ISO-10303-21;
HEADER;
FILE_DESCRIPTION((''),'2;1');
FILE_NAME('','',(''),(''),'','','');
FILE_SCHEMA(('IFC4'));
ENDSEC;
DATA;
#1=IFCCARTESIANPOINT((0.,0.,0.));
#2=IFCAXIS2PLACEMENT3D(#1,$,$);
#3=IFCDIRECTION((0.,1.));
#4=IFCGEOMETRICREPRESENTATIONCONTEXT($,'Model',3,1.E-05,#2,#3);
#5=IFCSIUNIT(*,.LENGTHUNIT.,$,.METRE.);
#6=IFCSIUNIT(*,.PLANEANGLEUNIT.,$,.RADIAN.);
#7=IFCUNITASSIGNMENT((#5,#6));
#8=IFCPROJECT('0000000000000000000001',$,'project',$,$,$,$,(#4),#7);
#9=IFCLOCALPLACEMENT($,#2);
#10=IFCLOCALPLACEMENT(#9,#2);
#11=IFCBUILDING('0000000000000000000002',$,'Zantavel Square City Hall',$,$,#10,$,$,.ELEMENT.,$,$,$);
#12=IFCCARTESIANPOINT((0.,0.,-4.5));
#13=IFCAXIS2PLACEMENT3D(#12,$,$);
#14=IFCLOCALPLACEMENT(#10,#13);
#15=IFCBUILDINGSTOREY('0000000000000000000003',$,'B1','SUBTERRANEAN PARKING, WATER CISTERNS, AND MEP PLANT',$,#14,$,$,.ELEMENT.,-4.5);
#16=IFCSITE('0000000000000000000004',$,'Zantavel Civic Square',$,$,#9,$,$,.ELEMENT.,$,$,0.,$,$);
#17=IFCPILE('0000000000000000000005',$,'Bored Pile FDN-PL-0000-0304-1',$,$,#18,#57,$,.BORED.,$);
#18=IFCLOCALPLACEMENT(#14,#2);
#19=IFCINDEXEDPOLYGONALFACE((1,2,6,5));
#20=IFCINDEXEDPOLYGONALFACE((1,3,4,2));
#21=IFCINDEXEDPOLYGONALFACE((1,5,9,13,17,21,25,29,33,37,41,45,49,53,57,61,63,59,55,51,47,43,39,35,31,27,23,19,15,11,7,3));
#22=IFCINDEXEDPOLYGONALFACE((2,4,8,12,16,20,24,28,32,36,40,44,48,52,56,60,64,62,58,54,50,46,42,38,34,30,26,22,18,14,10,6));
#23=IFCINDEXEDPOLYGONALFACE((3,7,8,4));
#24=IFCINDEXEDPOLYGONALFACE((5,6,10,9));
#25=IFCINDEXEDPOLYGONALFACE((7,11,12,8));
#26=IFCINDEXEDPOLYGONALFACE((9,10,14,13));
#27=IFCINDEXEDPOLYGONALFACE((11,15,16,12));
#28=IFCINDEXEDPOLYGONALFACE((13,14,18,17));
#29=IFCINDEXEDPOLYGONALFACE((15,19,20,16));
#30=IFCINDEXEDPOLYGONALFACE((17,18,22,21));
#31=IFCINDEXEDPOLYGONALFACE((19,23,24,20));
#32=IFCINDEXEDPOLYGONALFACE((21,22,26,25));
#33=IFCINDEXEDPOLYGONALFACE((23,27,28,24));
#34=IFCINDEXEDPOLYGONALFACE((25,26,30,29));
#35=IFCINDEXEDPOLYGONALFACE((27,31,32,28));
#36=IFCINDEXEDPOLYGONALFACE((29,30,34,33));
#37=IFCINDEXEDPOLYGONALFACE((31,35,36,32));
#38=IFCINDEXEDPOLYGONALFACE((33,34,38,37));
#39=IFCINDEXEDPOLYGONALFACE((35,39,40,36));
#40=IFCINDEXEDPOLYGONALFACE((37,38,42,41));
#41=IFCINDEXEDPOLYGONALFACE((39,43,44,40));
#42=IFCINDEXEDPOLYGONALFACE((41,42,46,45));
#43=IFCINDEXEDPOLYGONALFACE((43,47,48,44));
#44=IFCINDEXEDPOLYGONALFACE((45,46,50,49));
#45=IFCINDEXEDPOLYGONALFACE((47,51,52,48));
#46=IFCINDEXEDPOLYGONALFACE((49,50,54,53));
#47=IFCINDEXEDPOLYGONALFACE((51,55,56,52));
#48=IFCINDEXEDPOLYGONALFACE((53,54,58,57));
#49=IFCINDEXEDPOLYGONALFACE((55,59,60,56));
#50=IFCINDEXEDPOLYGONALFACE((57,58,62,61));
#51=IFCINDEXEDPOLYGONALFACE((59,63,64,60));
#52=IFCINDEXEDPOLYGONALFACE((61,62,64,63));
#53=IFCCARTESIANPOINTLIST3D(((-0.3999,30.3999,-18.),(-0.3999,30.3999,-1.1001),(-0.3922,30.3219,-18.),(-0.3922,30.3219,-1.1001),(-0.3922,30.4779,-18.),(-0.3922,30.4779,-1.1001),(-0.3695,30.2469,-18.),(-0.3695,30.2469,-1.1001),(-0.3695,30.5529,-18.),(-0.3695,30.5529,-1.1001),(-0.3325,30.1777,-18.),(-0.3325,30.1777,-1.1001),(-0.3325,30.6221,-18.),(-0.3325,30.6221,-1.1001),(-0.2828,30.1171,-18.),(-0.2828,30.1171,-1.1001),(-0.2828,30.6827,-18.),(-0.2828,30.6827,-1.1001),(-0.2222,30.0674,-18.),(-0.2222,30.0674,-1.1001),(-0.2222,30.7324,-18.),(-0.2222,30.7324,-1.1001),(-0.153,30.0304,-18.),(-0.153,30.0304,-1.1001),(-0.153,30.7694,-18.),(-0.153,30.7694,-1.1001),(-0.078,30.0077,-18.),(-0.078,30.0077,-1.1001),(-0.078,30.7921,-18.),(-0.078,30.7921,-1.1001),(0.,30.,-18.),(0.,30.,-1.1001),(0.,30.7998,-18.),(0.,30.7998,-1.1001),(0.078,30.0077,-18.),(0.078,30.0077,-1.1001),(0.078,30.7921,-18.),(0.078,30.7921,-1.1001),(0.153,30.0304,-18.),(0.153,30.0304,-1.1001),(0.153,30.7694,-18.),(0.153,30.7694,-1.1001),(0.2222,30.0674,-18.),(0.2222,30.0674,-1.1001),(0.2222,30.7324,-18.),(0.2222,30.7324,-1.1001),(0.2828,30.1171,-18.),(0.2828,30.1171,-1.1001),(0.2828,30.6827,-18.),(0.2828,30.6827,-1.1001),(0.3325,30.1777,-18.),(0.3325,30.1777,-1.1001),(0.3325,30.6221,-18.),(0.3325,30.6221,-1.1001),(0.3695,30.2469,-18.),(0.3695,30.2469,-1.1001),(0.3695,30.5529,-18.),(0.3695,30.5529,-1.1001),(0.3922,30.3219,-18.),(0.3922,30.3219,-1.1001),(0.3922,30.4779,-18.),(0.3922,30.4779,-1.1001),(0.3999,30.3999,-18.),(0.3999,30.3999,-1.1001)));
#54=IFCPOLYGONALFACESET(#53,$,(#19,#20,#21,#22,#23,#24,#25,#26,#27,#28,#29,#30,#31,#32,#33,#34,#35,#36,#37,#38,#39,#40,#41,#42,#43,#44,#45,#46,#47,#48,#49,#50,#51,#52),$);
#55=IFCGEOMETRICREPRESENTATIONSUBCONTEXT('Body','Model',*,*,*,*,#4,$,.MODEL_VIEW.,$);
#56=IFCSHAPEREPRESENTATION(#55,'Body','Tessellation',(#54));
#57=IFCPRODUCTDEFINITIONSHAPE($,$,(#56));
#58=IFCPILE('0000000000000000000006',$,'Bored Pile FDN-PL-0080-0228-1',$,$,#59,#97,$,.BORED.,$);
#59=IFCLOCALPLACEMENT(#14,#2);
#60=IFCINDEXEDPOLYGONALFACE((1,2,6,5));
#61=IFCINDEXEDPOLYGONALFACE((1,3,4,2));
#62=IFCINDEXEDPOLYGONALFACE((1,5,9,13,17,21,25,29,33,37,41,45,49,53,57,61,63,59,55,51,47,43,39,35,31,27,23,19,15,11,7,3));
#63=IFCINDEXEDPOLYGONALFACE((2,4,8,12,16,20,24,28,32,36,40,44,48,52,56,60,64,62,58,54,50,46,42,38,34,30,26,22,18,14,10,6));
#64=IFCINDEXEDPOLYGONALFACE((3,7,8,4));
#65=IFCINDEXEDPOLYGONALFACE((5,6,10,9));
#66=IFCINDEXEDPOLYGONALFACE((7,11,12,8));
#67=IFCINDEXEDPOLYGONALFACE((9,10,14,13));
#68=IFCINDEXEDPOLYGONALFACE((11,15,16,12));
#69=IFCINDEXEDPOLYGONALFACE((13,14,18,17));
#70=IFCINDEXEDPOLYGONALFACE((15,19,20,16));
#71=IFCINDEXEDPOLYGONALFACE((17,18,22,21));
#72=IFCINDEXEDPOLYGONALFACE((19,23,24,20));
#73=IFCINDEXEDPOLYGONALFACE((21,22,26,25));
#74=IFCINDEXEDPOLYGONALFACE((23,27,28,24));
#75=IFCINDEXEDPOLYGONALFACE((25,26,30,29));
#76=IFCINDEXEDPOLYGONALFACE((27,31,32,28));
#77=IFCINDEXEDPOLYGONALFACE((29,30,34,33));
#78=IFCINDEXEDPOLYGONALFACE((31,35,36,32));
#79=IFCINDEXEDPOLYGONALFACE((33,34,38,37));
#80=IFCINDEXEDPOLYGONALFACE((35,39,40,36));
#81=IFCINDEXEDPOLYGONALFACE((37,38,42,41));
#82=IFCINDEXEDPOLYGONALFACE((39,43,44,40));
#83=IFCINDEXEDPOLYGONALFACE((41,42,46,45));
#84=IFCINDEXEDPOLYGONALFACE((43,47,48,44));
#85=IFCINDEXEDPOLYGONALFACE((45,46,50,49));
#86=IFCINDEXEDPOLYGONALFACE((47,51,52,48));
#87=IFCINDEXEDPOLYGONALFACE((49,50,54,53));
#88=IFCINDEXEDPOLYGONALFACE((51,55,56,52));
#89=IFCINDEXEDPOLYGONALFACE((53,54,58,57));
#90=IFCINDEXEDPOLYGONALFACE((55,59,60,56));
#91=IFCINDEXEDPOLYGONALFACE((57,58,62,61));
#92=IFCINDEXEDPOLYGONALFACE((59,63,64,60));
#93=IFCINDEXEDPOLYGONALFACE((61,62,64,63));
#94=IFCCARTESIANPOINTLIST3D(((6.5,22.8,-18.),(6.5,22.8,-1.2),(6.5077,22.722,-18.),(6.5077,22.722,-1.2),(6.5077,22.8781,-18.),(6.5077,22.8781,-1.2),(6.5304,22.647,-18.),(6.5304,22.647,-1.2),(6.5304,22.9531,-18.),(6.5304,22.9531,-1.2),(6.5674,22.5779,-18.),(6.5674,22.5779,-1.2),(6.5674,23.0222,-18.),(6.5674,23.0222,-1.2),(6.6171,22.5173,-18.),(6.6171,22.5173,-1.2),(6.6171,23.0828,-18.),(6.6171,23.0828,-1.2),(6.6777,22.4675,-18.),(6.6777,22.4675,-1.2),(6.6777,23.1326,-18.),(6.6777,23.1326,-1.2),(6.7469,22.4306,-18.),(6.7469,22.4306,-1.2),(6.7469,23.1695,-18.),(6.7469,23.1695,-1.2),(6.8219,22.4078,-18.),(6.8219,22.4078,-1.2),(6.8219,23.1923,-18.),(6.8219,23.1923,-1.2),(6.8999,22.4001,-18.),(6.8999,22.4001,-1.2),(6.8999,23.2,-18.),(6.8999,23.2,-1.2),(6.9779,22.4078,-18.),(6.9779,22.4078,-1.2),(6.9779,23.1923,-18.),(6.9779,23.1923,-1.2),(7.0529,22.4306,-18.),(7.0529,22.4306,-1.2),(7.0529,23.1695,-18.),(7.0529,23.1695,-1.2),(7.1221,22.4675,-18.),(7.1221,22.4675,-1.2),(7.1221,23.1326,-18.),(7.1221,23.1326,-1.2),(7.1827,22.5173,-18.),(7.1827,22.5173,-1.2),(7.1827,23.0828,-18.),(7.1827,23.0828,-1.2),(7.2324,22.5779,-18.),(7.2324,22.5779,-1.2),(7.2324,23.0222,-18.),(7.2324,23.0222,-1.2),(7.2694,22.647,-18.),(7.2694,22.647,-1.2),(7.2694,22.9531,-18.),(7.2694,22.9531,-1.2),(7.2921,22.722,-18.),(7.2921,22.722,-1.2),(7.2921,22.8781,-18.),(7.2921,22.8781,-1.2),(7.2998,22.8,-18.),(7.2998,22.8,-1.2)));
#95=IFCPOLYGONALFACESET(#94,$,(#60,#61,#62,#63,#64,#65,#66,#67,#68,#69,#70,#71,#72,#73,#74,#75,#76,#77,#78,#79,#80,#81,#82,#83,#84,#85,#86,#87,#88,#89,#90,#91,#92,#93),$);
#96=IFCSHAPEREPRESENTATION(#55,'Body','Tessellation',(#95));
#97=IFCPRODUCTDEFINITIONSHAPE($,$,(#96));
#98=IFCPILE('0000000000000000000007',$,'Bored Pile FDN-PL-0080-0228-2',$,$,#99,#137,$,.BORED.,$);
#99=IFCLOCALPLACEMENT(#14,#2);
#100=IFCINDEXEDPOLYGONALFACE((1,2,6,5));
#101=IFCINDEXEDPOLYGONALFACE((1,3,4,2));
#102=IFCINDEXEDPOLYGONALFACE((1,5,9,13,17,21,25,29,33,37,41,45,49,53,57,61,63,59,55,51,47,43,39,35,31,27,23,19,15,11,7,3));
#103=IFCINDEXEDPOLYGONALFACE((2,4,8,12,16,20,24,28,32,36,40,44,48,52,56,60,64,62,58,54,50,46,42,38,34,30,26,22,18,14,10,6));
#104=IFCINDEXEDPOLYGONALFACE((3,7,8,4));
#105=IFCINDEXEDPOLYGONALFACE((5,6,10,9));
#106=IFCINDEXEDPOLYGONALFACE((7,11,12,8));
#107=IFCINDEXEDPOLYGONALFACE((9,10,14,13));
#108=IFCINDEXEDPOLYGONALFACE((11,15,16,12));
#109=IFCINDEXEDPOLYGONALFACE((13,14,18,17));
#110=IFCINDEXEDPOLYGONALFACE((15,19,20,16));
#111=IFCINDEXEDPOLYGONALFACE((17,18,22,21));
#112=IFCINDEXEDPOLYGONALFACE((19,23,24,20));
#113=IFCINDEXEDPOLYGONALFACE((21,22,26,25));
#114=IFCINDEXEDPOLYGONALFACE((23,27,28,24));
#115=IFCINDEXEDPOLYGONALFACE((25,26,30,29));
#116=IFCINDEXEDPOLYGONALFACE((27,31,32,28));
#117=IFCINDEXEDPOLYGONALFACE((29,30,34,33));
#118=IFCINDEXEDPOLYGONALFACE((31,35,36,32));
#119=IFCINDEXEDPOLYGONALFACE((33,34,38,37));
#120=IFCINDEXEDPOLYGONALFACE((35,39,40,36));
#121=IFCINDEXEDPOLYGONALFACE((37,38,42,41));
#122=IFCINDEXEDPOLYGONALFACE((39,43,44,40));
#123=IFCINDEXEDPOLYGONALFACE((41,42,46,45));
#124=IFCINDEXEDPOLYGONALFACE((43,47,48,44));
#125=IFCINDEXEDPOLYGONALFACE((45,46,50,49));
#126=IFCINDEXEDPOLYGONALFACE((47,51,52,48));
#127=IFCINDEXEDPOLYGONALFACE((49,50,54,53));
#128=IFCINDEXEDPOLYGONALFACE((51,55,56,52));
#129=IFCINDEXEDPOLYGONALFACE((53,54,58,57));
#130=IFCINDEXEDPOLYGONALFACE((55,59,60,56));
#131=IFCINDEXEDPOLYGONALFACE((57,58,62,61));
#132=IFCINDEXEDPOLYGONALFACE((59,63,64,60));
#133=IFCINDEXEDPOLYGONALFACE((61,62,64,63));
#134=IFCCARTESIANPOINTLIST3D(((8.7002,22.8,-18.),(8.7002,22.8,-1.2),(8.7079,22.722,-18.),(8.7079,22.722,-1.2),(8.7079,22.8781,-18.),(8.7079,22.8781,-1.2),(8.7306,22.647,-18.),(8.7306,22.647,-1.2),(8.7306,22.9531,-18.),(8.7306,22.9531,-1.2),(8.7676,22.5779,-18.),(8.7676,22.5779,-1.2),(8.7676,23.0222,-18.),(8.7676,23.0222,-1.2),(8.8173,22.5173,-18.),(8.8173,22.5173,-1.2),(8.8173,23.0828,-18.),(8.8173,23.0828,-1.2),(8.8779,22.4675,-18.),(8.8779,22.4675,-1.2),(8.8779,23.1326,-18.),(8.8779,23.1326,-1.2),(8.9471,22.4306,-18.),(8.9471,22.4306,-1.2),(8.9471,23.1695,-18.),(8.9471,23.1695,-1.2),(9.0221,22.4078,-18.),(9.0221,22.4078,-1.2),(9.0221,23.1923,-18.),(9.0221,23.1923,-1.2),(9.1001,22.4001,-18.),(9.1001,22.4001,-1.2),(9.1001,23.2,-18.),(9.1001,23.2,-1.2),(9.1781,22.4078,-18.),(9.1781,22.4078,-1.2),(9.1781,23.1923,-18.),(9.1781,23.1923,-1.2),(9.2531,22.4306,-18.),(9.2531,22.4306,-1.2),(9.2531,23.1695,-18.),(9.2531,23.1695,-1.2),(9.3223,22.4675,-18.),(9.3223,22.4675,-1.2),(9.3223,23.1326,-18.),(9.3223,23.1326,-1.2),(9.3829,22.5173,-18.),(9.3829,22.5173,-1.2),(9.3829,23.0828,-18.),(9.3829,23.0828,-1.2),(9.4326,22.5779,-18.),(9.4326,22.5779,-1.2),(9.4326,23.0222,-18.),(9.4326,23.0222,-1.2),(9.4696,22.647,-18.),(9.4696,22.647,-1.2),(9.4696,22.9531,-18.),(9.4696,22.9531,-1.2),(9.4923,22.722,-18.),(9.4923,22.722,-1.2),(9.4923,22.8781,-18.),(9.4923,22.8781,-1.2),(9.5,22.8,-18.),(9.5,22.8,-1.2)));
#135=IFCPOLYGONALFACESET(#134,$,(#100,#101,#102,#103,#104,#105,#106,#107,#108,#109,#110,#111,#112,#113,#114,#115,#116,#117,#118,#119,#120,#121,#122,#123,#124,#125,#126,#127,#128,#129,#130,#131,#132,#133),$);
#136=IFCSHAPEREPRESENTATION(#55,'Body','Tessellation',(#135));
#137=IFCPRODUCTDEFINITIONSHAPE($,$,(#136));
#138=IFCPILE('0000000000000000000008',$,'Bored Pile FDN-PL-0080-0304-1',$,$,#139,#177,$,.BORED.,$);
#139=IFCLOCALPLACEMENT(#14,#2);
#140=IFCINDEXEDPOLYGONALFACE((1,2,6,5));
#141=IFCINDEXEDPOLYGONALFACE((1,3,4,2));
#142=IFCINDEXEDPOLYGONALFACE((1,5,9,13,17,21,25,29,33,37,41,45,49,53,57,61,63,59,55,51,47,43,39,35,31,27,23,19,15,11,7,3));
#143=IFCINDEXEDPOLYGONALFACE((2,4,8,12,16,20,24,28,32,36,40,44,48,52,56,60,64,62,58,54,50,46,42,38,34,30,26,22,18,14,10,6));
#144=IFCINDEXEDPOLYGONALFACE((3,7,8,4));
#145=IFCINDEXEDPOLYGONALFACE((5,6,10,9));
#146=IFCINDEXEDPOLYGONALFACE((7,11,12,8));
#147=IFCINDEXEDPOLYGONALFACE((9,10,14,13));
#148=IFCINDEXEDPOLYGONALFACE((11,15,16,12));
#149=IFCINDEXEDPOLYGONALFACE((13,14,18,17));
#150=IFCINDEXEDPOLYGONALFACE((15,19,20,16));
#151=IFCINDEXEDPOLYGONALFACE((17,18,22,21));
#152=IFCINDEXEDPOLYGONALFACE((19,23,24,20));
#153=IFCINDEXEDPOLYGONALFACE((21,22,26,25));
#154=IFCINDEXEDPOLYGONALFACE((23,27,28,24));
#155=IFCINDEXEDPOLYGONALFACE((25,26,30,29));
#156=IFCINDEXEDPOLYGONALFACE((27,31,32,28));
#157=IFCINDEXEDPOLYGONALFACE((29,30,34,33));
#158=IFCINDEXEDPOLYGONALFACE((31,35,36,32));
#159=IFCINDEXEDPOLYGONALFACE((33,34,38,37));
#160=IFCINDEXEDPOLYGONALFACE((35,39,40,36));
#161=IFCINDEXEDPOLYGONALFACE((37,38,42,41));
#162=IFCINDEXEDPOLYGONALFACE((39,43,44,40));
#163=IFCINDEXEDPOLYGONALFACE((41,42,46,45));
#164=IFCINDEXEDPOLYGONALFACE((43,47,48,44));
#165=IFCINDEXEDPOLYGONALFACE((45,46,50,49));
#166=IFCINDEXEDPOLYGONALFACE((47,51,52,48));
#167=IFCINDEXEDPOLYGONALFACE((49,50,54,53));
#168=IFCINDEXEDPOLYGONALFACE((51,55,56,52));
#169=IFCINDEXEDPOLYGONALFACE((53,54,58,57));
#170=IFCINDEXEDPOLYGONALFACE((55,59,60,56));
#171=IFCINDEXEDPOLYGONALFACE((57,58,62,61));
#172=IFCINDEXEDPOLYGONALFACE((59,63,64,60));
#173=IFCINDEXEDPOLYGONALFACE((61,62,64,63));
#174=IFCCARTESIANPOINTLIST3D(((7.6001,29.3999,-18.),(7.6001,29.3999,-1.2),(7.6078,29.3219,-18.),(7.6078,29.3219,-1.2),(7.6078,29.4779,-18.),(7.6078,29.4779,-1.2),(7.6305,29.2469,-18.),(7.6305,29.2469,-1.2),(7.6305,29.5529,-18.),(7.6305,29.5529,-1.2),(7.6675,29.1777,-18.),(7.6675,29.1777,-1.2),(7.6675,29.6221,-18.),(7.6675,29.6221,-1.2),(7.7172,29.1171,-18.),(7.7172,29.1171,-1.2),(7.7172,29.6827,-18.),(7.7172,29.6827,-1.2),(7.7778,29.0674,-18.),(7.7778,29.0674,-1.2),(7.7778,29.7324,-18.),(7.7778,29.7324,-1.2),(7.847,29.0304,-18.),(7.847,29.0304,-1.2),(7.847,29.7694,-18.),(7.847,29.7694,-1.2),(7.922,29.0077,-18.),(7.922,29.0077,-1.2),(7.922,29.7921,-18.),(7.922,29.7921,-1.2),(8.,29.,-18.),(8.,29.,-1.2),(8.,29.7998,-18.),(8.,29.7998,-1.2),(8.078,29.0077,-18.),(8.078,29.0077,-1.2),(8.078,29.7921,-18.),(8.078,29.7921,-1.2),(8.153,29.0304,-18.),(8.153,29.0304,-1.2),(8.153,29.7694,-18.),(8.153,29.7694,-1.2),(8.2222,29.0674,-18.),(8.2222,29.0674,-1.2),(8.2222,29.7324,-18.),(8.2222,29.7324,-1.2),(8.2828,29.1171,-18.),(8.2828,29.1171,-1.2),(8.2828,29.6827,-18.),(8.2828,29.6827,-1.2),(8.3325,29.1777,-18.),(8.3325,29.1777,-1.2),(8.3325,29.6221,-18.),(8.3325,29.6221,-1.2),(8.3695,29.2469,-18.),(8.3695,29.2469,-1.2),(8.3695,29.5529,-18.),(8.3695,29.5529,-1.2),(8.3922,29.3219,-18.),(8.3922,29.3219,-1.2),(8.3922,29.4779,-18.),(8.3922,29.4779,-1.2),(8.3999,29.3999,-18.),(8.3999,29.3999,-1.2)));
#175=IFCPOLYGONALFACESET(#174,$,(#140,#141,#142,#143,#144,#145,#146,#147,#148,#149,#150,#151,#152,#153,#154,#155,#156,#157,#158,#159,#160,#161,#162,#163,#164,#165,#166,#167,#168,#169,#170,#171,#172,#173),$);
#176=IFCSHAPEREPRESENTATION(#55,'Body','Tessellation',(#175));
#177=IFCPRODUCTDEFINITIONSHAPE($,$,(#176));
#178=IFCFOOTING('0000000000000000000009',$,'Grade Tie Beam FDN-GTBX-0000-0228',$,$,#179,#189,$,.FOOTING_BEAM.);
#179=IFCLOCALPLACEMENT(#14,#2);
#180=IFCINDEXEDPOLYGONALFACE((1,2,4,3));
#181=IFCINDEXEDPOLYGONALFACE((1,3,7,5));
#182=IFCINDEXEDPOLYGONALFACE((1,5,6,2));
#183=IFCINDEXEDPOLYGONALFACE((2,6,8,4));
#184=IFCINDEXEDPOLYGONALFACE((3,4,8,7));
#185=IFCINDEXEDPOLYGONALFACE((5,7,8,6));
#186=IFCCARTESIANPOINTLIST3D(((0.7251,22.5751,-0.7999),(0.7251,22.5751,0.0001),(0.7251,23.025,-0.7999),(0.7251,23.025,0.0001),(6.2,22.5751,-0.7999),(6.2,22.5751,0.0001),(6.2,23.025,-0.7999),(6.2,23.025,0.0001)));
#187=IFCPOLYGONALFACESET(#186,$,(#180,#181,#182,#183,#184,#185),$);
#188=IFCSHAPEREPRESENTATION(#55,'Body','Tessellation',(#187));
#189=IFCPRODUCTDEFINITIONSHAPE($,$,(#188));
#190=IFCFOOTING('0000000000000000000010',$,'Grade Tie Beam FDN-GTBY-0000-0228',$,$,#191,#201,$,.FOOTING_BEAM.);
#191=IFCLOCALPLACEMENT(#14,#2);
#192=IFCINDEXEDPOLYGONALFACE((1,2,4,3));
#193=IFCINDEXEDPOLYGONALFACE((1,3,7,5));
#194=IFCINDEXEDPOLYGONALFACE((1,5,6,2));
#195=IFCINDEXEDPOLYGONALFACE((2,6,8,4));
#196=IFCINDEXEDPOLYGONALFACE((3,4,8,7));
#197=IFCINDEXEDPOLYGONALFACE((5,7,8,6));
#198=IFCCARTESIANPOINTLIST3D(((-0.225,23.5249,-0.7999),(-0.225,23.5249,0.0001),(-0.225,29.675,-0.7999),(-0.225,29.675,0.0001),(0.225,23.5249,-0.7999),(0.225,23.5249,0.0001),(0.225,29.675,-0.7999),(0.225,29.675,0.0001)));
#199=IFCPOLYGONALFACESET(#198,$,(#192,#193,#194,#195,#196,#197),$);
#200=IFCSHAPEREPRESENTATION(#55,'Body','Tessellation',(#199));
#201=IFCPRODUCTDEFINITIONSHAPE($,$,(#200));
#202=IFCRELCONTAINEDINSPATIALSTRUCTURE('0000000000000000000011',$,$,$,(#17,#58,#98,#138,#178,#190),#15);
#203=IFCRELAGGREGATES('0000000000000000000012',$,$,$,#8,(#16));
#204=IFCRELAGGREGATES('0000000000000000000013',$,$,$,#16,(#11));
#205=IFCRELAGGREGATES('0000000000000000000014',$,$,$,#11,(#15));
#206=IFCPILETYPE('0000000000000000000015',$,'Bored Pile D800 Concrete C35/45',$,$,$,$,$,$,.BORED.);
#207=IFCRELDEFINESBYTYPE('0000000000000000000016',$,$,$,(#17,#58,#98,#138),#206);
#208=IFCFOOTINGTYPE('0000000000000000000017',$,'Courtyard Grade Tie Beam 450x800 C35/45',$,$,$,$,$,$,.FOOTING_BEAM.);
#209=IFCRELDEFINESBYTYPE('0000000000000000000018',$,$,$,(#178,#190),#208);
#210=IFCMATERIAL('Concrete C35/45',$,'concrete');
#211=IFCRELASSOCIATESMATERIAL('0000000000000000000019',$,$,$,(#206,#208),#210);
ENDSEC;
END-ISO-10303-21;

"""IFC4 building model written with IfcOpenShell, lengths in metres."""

from ifc_helpers import new_model, si_unit, direction, frame, origin, origin_2d, place, context, subcontext, project, spatial, rectangle, circle, extrude, material, material_profile, profile_set, type_object, element, save


model = new_model("IFC4")

# Units and contexts
model_context = context("Model", 3, precision=1e-05, world=origin(), true_north=direction((0.0, 1.0)))
body_context = subcontext(model_context, "Body", "Model", "MODEL_VIEW")
ifc_project = project(units=[si_unit("LENGTHUNIT", "METRE"), si_unit("PLANEANGLEUNIT", "RADIAN")], contexts=[model_context])

# Site, building, storey
site_placement = place(None, origin())
site = spatial("IfcSite", under=ifc_project, at=site_placement, Name="Zantavel Civic Square", CompositionType="ELEMENT", RefElevation=0.0)
building_placement = place(site_placement, origin())
building = spatial("IfcBuilding", under=site, at=building_placement, Name="Zantavel Square City Hall", CompositionType="ELEMENT")
storey_placement = place(building_placement, frame((0.0, 0.0, -4.5)))
storey = spatial("IfcBuildingStorey", under=building, at=storey_placement, Name="B1", Description="SUBTERRANEAN PARKING, WATER CISTERNS, AND MEP PLANT", CompositionType="ELEMENT", Elevation=-4.5)

# Piles
ifc_material_1 = material(Name="Concrete C35/45", Category="concrete")
ifc_material_profile_1 = material_profile(ifc_material_1, circle(Radius=0.3999, at=origin_2d()), Name="PILE D800")
ifc_profile_set_1 = profile_set([ifc_material_profile_1], Name="Concrete C35/45")
pile_type = type_object("IfcPileType", Name="Bored Pile D800 Concrete C35/45", PredefinedType="BORED", material=ifc_profile_set_1)
pile_placement = place(storey_placement, frame((0.0, 30.3999, -1.1001), z_axis=(0.0, 0.0, -1.0), x_axis=(1.0, 0.0, 0.0)))
element("IfcPile", 1, at=pile_placement, inside=storey, type_object=pile_type, Name="Bored Pile FDN-PL-0000-0304-1", PredefinedType="BORED", context=body_context, shape_type="SweptSolid", body=[
    extrude(circle(Radius=0.3999, at=origin_2d()), origin(), (0.0, 0.0, 1.0), 16.8999),
])
for number, where, z_axis, x_axis, name in (
    (2, (6.8999, 22.8, -1.2), (0.0, 0.0, -1.0), (1.0, 0.0, 0.0), "Bored Pile FDN-PL-0080-0228-1"),
    (3, (9.1001, 22.8, -1.2), (0.0, 0.0, -1.0), (1.0, 0.0, 0.0), "Bored Pile FDN-PL-0080-0228-2"),
    (4, (8.0, 29.3999, -1.2), (0.0, 0.0, -1.0), (1.0, 0.0, 0.0), "Bored Pile FDN-PL-0080-0304-1"),
):
    element("IfcPile", number, at=place(storey_placement, frame(where, z_axis=z_axis, x_axis=x_axis)), inside=storey, type_object=pile_type, Name=name, PredefinedType="BORED", context=body_context, shape_type="SweptSolid", body=[
        extrude(circle(Radius=0.3999, at=origin_2d()), origin(), (0.0, 0.0, 1.0), 16.8),
    ])

# Footings
ifc_material_profile_2 = material_profile(ifc_material_1, rectangle(XDim=0.45, YDim=0.8, at=origin_2d()), Name="RC 450x800")
ifc_profile_set_2 = profile_set([ifc_material_profile_2], Name="Concrete C35/45")
footing_type_1 = type_object("IfcFootingType", Name="Courtyard Grade Tie Beam 450x800 C35/45", PredefinedType="FOOTING_BEAM", material=ifc_profile_set_2)
footing_1_placement = place(storey_placement, frame((0.7251, 22.8, -0.3999), z_axis=(1.0, 0.0, 0.0), x_axis=(0.0, 1.0, 0.0)))
element("IfcFooting", 5, at=footing_1_placement, inside=storey, type_object=footing_type_1, Name="Grade Tie Beam FDN-GTBX-0000-0228", PredefinedType="FOOTING_BEAM", context=body_context, shape_type="SweptSolid", body=[
    extrude(rectangle(XDim=0.45, YDim=0.8, at=origin_2d()), origin(), (0.0, 0.0, 1.0), 5.4749),
])
footing_2_placement = place(storey_placement, frame((0.0, 23.5249, -0.3999), z_axis=(0.0, 1.0, 0.0), x_axis=(-1.0, 0.0, 0.0)))
element("IfcFooting", 6, at=footing_2_placement, inside=storey, type_object=footing_type_1, Name="Grade Tie Beam FDN-GTBY-0000-0228", PredefinedType="FOOTING_BEAM", context=body_context, shape_type="SweptSolid", body=[
    extrude(rectangle(XDim=0.45, YDim=0.8, at=origin_2d()), origin(), (0.0, 0.0, 1.0), 6.1501),
])

save(model, "model.ifc")
